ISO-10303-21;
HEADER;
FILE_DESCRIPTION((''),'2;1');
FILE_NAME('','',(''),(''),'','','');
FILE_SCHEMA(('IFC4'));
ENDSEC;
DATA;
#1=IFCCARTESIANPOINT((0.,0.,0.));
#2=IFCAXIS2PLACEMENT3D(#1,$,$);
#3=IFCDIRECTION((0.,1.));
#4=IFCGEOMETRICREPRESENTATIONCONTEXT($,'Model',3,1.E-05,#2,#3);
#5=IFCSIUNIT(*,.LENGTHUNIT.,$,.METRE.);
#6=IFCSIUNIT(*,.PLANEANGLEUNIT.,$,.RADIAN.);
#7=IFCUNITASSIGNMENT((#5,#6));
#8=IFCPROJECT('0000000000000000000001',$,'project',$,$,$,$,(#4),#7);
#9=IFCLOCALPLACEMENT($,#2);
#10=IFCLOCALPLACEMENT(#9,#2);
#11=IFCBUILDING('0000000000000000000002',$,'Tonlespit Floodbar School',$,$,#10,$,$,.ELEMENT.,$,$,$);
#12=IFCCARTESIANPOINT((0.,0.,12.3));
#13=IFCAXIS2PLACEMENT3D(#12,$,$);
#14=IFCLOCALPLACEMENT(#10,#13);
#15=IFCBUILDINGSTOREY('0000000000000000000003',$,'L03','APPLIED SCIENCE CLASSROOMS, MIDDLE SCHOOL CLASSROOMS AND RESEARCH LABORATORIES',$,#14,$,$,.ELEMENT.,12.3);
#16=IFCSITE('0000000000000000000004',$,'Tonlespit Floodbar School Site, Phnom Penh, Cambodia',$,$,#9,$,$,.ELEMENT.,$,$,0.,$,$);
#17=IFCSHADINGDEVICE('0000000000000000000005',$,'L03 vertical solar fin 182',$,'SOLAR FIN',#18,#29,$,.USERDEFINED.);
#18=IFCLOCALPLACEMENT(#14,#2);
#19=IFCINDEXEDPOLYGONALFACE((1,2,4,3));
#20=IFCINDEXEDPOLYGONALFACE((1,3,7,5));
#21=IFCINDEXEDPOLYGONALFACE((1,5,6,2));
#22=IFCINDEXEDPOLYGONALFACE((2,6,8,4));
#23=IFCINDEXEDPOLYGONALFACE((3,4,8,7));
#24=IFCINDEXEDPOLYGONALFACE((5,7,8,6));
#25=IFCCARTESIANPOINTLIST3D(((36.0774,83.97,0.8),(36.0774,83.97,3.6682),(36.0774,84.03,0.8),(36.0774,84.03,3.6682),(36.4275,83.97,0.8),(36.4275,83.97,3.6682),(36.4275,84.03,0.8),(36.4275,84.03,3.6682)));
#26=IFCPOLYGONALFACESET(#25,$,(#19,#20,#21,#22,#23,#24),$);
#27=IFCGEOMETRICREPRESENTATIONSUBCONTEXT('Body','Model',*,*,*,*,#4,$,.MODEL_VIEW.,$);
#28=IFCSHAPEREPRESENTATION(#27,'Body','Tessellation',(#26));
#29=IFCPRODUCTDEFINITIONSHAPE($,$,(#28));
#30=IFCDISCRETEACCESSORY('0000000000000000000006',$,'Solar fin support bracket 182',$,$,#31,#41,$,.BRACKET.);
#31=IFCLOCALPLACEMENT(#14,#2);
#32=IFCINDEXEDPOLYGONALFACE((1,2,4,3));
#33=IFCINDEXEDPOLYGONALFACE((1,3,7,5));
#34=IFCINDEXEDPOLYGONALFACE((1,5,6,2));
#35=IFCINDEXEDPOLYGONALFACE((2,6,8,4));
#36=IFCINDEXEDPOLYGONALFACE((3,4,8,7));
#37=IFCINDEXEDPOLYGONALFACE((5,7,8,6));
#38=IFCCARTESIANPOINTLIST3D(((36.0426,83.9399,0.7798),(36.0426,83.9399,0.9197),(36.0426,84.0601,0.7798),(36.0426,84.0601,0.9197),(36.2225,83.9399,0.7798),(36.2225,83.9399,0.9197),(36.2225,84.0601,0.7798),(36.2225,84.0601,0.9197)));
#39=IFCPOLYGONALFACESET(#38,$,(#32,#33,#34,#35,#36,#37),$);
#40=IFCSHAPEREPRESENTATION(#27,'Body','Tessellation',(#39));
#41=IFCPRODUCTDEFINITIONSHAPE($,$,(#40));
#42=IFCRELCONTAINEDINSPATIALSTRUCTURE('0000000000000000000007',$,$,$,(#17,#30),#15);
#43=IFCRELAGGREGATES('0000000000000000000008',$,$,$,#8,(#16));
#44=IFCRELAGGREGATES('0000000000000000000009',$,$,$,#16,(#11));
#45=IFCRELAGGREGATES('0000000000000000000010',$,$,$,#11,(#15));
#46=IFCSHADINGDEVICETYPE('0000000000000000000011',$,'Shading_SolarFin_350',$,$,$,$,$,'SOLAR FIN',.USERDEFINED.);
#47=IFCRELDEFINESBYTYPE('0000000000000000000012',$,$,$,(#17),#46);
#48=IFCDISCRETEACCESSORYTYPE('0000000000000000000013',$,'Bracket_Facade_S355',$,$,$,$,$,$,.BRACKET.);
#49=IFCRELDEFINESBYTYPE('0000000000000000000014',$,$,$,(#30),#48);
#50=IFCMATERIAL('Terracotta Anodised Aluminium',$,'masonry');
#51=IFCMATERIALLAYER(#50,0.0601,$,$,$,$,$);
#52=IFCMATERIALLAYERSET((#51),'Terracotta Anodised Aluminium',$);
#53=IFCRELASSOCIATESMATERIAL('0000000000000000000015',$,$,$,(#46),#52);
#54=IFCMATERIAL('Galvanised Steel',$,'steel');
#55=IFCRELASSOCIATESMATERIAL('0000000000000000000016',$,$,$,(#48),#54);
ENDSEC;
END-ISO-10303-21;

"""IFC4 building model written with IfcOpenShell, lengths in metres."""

from ifc_helpers import new_model, si_unit, direction, frame, origin, origin_2d, place, context, subcontext, project, spatial, rectangle, extrude, material, layer, layer_set, type_object, element, save


model = new_model("IFC4")

# Units and contexts
model_context = context("Model", 3, precision=1e-05, world=origin(), true_north=direction((0.0, 1.0)))
body_context = subcontext(model_context, "Body", "Model", "MODEL_VIEW")
ifc_project = project(units=[si_unit("LENGTHUNIT", "METRE"), si_unit("PLANEANGLEUNIT", "RADIAN")], contexts=[model_context])

# Site, building, storey
site_placement = place(None, origin())
site = spatial("IfcSite", under=ifc_project, at=site_placement, Name="Tonlespit Floodbar School Site, Phnom Penh, Cambodia", CompositionType="ELEMENT", RefElevation=0.0)
building_placement = place(site_placement, origin())
building = spatial("IfcBuilding", under=site, at=building_placement, Name="Tonlespit Floodbar School", CompositionType="ELEMENT")
storey_placement = place(building_placement, frame((0.0, 0.0, 12.3)))
storey = spatial("IfcBuildingStorey", under=building, at=storey_placement, Name="L03", Description="APPLIED SCIENCE CLASSROOMS, MIDDLE SCHOOL CLASSROOMS AND RESEARCH LABORATORIES", CompositionType="ELEMENT", Elevation=12.3)

# Shading device
ifc_material_1 = material(Name="Terracotta Anodised Aluminium", Category="masonry")
ifc_layer_1 = layer(ifc_material_1, 0.0601)
ifc_layer_set_1 = layer_set([ifc_layer_1], Name="Terracotta Anodised Aluminium")
shading_device_type = type_object("IfcShadingDeviceType", Name="Shading_SolarFin_350", ElementType="SOLAR FIN", PredefinedType="USERDEFINED", material=ifc_layer_set_1)
shading_device_placement = place(storey_placement, frame((36.2524, 84.0, 0.8), z_axis=(0.0, 0.0, 1.0), x_axis=(0.0, -1.0, 0.0)))
element("IfcShadingDevice", 1, at=shading_device_placement, inside=storey, type_object=shading_device_type, Name="L03 vertical solar fin 182", ObjectType="SOLAR FIN", PredefinedType="USERDEFINED", context=body_context, shape_type="SweptSolid", body=[
    extrude(rectangle(XDim=0.0601, YDim=0.3501, at=origin_2d()), origin(), (0.0, 0.0, 1.0), 2.8682),
])

# Discrete accessory
ifc_material_2 = material(Name="Galvanised Steel", Category="steel")
discrete_accessory_type = type_object("IfcDiscreteAccessoryType", Name="Bracket_Facade_S355", PredefinedType="BRACKET", material=ifc_material_2)
discrete_accessory_placement = place(storey_placement, frame((36.1326, 84.0, 0.7798), z_axis=(0.0, 0.0, 1.0), x_axis=(0.0, -1.0, 0.0)))
element("IfcDiscreteAccessory", 2, at=discrete_accessory_placement, inside=storey, type_object=discrete_accessory_type, Name="Solar fin support bracket 182", PredefinedType="BRACKET", context=body_context, shape_type="SweptSolid", body=[
    extrude(rectangle(XDim=0.1201, YDim=0.1799, at=origin_2d()), origin(), (0.0, 0.0, 1.0), 0.1399),
])

save(model, "model.ifc")
